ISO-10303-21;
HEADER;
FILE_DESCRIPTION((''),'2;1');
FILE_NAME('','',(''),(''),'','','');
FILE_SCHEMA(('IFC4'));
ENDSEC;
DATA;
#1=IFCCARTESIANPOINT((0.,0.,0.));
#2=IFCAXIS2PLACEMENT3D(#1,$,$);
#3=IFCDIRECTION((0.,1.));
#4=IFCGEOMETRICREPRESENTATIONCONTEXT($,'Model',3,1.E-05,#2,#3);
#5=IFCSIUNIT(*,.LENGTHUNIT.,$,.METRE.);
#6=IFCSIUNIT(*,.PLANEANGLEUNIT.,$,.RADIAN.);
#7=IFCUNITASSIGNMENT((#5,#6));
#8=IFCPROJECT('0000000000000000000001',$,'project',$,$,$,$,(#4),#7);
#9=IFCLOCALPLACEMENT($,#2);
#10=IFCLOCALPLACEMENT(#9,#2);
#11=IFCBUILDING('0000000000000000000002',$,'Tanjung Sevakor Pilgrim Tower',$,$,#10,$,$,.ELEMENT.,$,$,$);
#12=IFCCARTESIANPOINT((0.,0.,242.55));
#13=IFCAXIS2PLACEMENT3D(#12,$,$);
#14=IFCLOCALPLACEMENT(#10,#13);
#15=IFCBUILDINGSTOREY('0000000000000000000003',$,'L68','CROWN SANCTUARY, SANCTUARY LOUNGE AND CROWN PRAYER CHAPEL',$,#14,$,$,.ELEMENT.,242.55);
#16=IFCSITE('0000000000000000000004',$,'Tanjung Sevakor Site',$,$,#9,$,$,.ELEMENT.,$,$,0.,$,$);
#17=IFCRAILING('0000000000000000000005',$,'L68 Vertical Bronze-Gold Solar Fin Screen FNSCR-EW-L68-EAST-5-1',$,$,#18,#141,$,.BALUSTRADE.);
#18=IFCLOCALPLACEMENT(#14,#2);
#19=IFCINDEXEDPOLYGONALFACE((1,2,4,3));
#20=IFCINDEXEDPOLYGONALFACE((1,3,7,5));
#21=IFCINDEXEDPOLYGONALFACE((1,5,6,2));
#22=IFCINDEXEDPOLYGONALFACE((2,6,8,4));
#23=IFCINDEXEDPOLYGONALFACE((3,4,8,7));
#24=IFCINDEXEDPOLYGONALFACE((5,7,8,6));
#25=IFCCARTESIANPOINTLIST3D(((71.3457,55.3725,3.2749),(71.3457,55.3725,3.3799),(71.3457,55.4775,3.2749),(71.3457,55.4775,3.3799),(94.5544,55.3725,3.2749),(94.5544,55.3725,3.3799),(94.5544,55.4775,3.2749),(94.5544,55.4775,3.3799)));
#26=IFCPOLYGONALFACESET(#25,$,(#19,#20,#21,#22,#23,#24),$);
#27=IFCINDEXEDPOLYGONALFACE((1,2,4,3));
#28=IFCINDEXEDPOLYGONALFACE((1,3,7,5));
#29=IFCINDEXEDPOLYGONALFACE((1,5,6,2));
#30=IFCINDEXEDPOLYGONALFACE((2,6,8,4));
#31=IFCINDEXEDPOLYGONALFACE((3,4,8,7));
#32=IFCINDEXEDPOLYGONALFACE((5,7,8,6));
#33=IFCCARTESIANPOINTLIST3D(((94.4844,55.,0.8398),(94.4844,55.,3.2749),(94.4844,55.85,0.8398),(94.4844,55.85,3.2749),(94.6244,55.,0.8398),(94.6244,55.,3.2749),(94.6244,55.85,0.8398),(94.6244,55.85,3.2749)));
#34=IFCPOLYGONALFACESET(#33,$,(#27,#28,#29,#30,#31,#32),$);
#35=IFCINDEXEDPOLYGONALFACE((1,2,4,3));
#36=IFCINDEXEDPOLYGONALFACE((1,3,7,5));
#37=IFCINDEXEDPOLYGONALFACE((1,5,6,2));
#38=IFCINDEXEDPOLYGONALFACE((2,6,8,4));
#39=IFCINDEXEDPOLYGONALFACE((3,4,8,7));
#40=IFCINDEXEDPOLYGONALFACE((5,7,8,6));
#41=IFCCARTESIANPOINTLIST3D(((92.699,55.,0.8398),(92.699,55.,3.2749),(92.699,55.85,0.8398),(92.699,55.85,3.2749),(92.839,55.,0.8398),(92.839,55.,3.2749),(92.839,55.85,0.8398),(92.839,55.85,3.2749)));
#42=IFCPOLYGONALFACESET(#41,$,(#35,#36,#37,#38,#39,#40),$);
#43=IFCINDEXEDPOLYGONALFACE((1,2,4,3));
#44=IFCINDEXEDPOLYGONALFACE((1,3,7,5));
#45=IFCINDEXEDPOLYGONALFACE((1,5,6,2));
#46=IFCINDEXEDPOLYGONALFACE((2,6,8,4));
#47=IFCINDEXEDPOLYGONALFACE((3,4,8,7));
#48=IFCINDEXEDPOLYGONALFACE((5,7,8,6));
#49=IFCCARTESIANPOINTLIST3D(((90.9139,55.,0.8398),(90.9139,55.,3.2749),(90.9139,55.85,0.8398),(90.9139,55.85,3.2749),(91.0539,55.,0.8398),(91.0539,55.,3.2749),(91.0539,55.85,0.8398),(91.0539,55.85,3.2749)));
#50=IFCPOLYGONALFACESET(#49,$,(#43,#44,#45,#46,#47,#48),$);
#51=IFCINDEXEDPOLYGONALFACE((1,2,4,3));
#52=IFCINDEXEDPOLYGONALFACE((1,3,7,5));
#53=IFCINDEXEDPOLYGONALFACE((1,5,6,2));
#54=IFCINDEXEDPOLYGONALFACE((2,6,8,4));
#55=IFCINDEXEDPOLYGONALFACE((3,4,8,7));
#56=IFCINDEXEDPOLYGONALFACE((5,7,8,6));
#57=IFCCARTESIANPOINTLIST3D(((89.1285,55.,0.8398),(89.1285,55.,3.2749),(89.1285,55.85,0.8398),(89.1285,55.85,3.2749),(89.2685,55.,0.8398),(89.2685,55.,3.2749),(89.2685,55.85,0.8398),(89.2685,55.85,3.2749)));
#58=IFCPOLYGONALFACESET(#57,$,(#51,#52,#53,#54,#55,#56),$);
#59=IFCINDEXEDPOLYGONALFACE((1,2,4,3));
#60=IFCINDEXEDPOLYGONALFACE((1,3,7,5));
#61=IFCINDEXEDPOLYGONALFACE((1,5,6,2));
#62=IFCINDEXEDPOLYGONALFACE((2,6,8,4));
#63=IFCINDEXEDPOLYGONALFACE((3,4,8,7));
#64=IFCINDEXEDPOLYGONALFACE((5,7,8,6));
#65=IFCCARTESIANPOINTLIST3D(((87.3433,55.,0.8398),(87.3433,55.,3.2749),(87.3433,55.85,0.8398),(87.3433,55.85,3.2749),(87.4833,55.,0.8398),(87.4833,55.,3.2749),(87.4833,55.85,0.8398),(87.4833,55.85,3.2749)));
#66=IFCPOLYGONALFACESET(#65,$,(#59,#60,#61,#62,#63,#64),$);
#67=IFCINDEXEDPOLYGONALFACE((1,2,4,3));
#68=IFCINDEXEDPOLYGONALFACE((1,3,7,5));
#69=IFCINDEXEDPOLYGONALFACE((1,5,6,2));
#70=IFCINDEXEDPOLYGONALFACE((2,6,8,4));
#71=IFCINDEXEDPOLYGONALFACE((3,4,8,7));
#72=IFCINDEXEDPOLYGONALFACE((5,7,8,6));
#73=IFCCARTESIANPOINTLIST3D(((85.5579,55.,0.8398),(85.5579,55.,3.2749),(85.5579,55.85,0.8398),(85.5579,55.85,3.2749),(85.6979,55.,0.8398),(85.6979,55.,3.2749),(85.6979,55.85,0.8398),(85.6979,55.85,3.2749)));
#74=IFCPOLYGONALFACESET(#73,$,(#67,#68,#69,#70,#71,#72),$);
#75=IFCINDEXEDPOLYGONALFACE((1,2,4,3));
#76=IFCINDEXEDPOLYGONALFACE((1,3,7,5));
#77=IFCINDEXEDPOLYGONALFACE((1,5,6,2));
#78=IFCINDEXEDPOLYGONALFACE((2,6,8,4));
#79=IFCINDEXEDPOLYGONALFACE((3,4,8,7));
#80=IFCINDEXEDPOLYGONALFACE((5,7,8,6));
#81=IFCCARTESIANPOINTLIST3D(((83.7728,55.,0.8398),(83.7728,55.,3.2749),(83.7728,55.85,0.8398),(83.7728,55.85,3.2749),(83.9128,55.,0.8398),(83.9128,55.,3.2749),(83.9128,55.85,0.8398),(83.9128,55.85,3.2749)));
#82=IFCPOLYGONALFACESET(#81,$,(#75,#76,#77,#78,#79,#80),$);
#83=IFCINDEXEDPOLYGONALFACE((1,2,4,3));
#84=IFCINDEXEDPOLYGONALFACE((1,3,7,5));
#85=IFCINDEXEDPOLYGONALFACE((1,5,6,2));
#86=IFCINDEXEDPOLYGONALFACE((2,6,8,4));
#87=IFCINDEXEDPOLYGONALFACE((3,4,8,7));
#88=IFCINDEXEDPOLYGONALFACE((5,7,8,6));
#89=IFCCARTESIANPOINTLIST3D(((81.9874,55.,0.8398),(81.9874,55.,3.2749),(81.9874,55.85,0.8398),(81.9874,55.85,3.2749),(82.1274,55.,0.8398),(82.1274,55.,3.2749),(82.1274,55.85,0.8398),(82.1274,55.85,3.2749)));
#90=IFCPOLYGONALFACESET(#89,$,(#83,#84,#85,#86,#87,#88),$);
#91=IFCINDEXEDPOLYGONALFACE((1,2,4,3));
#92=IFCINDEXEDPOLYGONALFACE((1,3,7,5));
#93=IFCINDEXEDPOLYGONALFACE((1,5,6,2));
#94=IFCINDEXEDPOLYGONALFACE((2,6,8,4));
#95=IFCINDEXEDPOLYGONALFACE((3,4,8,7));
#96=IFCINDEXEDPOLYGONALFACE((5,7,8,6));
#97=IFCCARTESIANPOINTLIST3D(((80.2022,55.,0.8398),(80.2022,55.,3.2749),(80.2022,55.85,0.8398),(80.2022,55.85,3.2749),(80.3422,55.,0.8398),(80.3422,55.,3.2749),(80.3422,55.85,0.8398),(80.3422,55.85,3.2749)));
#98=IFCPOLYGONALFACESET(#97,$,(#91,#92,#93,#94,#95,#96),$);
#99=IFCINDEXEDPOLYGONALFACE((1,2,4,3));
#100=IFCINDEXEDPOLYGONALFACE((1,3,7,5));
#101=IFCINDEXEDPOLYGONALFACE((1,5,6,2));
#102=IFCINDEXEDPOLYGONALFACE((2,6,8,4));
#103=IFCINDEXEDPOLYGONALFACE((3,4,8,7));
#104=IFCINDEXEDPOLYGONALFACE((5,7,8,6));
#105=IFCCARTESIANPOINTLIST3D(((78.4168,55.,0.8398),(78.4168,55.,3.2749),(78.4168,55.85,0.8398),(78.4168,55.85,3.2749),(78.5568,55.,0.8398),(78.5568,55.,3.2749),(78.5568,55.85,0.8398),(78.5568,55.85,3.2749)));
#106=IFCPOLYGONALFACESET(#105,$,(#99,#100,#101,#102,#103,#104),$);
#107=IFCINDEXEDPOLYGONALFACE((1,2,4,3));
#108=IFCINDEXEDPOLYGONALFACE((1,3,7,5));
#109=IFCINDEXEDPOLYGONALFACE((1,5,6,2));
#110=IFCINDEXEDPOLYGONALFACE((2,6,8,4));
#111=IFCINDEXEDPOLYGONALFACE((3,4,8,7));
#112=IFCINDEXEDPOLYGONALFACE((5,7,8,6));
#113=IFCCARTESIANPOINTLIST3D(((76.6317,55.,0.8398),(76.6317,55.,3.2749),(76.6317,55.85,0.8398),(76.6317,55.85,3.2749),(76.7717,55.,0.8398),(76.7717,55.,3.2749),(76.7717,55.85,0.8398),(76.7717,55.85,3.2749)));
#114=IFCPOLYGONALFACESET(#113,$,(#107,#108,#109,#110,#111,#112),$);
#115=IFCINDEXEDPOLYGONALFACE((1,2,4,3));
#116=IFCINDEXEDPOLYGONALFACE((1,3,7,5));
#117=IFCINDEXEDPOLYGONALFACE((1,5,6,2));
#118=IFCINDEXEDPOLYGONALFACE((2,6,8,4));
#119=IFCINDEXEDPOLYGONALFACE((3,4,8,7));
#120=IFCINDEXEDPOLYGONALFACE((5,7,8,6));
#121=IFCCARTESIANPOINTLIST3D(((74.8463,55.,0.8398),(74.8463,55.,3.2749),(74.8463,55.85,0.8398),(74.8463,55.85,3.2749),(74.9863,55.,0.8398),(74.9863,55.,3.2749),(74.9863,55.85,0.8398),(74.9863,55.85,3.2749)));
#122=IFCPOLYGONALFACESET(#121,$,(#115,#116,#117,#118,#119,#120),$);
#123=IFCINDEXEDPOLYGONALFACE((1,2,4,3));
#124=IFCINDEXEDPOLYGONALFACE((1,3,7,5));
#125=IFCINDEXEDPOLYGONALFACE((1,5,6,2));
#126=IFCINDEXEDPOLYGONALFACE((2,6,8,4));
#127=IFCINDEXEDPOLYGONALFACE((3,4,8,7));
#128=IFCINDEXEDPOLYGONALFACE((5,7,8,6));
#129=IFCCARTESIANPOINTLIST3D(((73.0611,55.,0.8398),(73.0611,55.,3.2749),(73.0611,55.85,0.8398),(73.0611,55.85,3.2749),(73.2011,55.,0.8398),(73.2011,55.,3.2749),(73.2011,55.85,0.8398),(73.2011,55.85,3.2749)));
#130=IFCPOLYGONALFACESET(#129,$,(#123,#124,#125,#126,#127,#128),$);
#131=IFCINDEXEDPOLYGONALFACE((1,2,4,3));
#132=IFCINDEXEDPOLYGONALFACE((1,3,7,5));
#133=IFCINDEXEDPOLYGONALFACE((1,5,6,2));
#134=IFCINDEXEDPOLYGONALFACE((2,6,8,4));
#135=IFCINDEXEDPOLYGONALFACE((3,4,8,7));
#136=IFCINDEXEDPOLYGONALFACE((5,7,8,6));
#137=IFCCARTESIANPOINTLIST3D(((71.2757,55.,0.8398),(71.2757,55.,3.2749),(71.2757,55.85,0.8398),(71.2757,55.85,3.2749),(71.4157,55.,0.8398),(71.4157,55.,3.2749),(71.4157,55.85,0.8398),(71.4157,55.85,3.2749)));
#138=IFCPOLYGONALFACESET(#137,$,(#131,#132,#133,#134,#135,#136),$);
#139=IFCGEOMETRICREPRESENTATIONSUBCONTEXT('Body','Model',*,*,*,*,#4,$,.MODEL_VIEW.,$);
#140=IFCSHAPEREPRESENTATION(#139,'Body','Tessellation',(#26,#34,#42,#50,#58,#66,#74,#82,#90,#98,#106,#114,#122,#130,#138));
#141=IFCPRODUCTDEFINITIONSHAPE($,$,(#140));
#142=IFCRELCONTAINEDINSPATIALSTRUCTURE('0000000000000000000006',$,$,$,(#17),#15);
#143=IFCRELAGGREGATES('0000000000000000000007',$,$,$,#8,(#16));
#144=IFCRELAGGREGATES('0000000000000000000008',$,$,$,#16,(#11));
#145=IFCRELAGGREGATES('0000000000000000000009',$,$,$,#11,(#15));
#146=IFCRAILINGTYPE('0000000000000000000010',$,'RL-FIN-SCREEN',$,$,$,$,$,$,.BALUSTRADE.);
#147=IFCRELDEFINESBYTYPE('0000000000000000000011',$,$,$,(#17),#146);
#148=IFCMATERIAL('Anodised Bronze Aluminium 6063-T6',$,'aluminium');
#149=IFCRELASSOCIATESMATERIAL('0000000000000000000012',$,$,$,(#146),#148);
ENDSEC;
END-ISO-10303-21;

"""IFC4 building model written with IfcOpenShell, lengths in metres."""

from ifc_helpers import new_model, si_unit, direction, frame, origin, place, context, subcontext, project, spatial, rectangle, extrude, material, type_object, element, save


model = new_model("IFC4")

# Units and contexts
model_context = context("Model", 3, precision=1e-05, world=origin(), true_north=direction((0.0, 1.0)))
body_context = subcontext(model_context, "Body", "Model", "MODEL_VIEW")
ifc_project = project(units=[si_unit("LENGTHUNIT", "METRE"), si_unit("PLANEANGLEUNIT", "RADIAN")], contexts=[model_context])

# Site, building, storey
site_placement = place(None, origin())
site = spatial("IfcSite", under=ifc_project, at=site_placement, Name="Tanjung Sevakor Site", CompositionType="ELEMENT", RefElevation=0.0)
building_placement = place(site_placement, origin())
building = spatial("IfcBuilding", under=site, at=building_placement, Name="Tanjung Sevakor Pilgrim Tower", CompositionType="ELEMENT")
storey_placement = place(building_placement, frame((0.0, 0.0, 242.55)))
storey = spatial("IfcBuildingStorey", under=building, at=storey_placement, Name="L68", Description="CROWN SANCTUARY, SANCTUARY LOUNGE AND CROWN PRAYER CHAPEL", CompositionType="ELEMENT", Elevation=242.55)

# Railing
ifc_material_1 = material(Name="Anodised Bronze Aluminium 6063-T6", Category="aluminium")
railing_type = type_object("IfcRailingType", Name="RL-FIN-SCREEN", PredefinedType="BALUSTRADE", material=ifc_material_1)
railing_placement = place(storey_placement, frame((94.5544, 55.425, 0.8398)))
element("IfcRailing", 1, at=railing_placement, inside=storey, type_object=railing_type, Name="L68 Vertical Bronze-Gold Solar Fin Screen FNSCR-EW-L68-EAST-5-1", PredefinedType="BALUSTRADE", context=body_context, shape_type="SweptSolid", body=[
    extrude(rectangle(XDim=0.105, YDim=0.105), frame((0.0, 0.0, 2.4875), z_axis=(-1.0, 0.0, 0.0), x_axis=(0.0, -1.0, 0.0)), (0.0, 0.0, 1.0), 23.2087),
    extrude(rectangle(XDim=0.14, YDim=0.85), origin(), (0.0, 0.0, 1.0), 2.4351),
    extrude(rectangle(XDim=0.14, YDim=0.85), frame((-1.7854, 0.0, 0.0)), (0.0, 0.0, 1.0), 2.4351),
    extrude(rectangle(XDim=0.14, YDim=0.85), frame((-3.5706, 0.0, 0.0)), (0.0, 0.0, 1.0), 2.4351),
    extrude(rectangle(XDim=0.14, YDim=0.85), frame((-5.356, 0.0, 0.0)), (0.0, 0.0, 1.0), 2.4351),
    extrude(rectangle(XDim=0.14, YDim=0.85), frame((-7.1411, 0.0, 0.0)), (0.0, 0.0, 1.0), 2.4351),
    extrude(rectangle(XDim=0.14, YDim=0.85), frame((-8.9265, 0.0, 0.0)), (0.0, 0.0, 1.0), 2.4351),
    extrude(rectangle(XDim=0.14, YDim=0.85), frame((-10.7117, 0.0, 0.0)), (0.0, 0.0, 1.0), 2.4351),
    extrude(rectangle(XDim=0.14, YDim=0.85), frame((-12.4971, 0.0, 0.0)), (0.0, 0.0, 1.0), 2.4351),
    extrude(rectangle(XDim=0.14, YDim=0.85), frame((-14.2822, 0.0, 0.0)), (0.0, 0.0, 1.0), 2.4351),
    extrude(rectangle(XDim=0.14, YDim=0.85), frame((-16.0676, 0.0, 0.0)), (0.0, 0.0, 1.0), 2.4351),
    extrude(rectangle(XDim=0.14, YDim=0.85), frame((-17.8528, 0.0, 0.0)), (0.0, 0.0, 1.0), 2.4351),
    extrude(rectangle(XDim=0.14, YDim=0.85), frame((-19.6382, 0.0, 0.0)), (0.0, 0.0, 1.0), 2.4351),
    extrude(rectangle(XDim=0.14, YDim=0.85), frame((-21.4233, 0.0, 0.0)), (0.0, 0.0, 1.0), 2.4351),
    extrude(rectangle(XDim=0.14, YDim=0.85), frame((-23.2087, 0.0, 0.0)), (0.0, 0.0, 1.0), 2.4351),
])

save(model, "model.ifc")
